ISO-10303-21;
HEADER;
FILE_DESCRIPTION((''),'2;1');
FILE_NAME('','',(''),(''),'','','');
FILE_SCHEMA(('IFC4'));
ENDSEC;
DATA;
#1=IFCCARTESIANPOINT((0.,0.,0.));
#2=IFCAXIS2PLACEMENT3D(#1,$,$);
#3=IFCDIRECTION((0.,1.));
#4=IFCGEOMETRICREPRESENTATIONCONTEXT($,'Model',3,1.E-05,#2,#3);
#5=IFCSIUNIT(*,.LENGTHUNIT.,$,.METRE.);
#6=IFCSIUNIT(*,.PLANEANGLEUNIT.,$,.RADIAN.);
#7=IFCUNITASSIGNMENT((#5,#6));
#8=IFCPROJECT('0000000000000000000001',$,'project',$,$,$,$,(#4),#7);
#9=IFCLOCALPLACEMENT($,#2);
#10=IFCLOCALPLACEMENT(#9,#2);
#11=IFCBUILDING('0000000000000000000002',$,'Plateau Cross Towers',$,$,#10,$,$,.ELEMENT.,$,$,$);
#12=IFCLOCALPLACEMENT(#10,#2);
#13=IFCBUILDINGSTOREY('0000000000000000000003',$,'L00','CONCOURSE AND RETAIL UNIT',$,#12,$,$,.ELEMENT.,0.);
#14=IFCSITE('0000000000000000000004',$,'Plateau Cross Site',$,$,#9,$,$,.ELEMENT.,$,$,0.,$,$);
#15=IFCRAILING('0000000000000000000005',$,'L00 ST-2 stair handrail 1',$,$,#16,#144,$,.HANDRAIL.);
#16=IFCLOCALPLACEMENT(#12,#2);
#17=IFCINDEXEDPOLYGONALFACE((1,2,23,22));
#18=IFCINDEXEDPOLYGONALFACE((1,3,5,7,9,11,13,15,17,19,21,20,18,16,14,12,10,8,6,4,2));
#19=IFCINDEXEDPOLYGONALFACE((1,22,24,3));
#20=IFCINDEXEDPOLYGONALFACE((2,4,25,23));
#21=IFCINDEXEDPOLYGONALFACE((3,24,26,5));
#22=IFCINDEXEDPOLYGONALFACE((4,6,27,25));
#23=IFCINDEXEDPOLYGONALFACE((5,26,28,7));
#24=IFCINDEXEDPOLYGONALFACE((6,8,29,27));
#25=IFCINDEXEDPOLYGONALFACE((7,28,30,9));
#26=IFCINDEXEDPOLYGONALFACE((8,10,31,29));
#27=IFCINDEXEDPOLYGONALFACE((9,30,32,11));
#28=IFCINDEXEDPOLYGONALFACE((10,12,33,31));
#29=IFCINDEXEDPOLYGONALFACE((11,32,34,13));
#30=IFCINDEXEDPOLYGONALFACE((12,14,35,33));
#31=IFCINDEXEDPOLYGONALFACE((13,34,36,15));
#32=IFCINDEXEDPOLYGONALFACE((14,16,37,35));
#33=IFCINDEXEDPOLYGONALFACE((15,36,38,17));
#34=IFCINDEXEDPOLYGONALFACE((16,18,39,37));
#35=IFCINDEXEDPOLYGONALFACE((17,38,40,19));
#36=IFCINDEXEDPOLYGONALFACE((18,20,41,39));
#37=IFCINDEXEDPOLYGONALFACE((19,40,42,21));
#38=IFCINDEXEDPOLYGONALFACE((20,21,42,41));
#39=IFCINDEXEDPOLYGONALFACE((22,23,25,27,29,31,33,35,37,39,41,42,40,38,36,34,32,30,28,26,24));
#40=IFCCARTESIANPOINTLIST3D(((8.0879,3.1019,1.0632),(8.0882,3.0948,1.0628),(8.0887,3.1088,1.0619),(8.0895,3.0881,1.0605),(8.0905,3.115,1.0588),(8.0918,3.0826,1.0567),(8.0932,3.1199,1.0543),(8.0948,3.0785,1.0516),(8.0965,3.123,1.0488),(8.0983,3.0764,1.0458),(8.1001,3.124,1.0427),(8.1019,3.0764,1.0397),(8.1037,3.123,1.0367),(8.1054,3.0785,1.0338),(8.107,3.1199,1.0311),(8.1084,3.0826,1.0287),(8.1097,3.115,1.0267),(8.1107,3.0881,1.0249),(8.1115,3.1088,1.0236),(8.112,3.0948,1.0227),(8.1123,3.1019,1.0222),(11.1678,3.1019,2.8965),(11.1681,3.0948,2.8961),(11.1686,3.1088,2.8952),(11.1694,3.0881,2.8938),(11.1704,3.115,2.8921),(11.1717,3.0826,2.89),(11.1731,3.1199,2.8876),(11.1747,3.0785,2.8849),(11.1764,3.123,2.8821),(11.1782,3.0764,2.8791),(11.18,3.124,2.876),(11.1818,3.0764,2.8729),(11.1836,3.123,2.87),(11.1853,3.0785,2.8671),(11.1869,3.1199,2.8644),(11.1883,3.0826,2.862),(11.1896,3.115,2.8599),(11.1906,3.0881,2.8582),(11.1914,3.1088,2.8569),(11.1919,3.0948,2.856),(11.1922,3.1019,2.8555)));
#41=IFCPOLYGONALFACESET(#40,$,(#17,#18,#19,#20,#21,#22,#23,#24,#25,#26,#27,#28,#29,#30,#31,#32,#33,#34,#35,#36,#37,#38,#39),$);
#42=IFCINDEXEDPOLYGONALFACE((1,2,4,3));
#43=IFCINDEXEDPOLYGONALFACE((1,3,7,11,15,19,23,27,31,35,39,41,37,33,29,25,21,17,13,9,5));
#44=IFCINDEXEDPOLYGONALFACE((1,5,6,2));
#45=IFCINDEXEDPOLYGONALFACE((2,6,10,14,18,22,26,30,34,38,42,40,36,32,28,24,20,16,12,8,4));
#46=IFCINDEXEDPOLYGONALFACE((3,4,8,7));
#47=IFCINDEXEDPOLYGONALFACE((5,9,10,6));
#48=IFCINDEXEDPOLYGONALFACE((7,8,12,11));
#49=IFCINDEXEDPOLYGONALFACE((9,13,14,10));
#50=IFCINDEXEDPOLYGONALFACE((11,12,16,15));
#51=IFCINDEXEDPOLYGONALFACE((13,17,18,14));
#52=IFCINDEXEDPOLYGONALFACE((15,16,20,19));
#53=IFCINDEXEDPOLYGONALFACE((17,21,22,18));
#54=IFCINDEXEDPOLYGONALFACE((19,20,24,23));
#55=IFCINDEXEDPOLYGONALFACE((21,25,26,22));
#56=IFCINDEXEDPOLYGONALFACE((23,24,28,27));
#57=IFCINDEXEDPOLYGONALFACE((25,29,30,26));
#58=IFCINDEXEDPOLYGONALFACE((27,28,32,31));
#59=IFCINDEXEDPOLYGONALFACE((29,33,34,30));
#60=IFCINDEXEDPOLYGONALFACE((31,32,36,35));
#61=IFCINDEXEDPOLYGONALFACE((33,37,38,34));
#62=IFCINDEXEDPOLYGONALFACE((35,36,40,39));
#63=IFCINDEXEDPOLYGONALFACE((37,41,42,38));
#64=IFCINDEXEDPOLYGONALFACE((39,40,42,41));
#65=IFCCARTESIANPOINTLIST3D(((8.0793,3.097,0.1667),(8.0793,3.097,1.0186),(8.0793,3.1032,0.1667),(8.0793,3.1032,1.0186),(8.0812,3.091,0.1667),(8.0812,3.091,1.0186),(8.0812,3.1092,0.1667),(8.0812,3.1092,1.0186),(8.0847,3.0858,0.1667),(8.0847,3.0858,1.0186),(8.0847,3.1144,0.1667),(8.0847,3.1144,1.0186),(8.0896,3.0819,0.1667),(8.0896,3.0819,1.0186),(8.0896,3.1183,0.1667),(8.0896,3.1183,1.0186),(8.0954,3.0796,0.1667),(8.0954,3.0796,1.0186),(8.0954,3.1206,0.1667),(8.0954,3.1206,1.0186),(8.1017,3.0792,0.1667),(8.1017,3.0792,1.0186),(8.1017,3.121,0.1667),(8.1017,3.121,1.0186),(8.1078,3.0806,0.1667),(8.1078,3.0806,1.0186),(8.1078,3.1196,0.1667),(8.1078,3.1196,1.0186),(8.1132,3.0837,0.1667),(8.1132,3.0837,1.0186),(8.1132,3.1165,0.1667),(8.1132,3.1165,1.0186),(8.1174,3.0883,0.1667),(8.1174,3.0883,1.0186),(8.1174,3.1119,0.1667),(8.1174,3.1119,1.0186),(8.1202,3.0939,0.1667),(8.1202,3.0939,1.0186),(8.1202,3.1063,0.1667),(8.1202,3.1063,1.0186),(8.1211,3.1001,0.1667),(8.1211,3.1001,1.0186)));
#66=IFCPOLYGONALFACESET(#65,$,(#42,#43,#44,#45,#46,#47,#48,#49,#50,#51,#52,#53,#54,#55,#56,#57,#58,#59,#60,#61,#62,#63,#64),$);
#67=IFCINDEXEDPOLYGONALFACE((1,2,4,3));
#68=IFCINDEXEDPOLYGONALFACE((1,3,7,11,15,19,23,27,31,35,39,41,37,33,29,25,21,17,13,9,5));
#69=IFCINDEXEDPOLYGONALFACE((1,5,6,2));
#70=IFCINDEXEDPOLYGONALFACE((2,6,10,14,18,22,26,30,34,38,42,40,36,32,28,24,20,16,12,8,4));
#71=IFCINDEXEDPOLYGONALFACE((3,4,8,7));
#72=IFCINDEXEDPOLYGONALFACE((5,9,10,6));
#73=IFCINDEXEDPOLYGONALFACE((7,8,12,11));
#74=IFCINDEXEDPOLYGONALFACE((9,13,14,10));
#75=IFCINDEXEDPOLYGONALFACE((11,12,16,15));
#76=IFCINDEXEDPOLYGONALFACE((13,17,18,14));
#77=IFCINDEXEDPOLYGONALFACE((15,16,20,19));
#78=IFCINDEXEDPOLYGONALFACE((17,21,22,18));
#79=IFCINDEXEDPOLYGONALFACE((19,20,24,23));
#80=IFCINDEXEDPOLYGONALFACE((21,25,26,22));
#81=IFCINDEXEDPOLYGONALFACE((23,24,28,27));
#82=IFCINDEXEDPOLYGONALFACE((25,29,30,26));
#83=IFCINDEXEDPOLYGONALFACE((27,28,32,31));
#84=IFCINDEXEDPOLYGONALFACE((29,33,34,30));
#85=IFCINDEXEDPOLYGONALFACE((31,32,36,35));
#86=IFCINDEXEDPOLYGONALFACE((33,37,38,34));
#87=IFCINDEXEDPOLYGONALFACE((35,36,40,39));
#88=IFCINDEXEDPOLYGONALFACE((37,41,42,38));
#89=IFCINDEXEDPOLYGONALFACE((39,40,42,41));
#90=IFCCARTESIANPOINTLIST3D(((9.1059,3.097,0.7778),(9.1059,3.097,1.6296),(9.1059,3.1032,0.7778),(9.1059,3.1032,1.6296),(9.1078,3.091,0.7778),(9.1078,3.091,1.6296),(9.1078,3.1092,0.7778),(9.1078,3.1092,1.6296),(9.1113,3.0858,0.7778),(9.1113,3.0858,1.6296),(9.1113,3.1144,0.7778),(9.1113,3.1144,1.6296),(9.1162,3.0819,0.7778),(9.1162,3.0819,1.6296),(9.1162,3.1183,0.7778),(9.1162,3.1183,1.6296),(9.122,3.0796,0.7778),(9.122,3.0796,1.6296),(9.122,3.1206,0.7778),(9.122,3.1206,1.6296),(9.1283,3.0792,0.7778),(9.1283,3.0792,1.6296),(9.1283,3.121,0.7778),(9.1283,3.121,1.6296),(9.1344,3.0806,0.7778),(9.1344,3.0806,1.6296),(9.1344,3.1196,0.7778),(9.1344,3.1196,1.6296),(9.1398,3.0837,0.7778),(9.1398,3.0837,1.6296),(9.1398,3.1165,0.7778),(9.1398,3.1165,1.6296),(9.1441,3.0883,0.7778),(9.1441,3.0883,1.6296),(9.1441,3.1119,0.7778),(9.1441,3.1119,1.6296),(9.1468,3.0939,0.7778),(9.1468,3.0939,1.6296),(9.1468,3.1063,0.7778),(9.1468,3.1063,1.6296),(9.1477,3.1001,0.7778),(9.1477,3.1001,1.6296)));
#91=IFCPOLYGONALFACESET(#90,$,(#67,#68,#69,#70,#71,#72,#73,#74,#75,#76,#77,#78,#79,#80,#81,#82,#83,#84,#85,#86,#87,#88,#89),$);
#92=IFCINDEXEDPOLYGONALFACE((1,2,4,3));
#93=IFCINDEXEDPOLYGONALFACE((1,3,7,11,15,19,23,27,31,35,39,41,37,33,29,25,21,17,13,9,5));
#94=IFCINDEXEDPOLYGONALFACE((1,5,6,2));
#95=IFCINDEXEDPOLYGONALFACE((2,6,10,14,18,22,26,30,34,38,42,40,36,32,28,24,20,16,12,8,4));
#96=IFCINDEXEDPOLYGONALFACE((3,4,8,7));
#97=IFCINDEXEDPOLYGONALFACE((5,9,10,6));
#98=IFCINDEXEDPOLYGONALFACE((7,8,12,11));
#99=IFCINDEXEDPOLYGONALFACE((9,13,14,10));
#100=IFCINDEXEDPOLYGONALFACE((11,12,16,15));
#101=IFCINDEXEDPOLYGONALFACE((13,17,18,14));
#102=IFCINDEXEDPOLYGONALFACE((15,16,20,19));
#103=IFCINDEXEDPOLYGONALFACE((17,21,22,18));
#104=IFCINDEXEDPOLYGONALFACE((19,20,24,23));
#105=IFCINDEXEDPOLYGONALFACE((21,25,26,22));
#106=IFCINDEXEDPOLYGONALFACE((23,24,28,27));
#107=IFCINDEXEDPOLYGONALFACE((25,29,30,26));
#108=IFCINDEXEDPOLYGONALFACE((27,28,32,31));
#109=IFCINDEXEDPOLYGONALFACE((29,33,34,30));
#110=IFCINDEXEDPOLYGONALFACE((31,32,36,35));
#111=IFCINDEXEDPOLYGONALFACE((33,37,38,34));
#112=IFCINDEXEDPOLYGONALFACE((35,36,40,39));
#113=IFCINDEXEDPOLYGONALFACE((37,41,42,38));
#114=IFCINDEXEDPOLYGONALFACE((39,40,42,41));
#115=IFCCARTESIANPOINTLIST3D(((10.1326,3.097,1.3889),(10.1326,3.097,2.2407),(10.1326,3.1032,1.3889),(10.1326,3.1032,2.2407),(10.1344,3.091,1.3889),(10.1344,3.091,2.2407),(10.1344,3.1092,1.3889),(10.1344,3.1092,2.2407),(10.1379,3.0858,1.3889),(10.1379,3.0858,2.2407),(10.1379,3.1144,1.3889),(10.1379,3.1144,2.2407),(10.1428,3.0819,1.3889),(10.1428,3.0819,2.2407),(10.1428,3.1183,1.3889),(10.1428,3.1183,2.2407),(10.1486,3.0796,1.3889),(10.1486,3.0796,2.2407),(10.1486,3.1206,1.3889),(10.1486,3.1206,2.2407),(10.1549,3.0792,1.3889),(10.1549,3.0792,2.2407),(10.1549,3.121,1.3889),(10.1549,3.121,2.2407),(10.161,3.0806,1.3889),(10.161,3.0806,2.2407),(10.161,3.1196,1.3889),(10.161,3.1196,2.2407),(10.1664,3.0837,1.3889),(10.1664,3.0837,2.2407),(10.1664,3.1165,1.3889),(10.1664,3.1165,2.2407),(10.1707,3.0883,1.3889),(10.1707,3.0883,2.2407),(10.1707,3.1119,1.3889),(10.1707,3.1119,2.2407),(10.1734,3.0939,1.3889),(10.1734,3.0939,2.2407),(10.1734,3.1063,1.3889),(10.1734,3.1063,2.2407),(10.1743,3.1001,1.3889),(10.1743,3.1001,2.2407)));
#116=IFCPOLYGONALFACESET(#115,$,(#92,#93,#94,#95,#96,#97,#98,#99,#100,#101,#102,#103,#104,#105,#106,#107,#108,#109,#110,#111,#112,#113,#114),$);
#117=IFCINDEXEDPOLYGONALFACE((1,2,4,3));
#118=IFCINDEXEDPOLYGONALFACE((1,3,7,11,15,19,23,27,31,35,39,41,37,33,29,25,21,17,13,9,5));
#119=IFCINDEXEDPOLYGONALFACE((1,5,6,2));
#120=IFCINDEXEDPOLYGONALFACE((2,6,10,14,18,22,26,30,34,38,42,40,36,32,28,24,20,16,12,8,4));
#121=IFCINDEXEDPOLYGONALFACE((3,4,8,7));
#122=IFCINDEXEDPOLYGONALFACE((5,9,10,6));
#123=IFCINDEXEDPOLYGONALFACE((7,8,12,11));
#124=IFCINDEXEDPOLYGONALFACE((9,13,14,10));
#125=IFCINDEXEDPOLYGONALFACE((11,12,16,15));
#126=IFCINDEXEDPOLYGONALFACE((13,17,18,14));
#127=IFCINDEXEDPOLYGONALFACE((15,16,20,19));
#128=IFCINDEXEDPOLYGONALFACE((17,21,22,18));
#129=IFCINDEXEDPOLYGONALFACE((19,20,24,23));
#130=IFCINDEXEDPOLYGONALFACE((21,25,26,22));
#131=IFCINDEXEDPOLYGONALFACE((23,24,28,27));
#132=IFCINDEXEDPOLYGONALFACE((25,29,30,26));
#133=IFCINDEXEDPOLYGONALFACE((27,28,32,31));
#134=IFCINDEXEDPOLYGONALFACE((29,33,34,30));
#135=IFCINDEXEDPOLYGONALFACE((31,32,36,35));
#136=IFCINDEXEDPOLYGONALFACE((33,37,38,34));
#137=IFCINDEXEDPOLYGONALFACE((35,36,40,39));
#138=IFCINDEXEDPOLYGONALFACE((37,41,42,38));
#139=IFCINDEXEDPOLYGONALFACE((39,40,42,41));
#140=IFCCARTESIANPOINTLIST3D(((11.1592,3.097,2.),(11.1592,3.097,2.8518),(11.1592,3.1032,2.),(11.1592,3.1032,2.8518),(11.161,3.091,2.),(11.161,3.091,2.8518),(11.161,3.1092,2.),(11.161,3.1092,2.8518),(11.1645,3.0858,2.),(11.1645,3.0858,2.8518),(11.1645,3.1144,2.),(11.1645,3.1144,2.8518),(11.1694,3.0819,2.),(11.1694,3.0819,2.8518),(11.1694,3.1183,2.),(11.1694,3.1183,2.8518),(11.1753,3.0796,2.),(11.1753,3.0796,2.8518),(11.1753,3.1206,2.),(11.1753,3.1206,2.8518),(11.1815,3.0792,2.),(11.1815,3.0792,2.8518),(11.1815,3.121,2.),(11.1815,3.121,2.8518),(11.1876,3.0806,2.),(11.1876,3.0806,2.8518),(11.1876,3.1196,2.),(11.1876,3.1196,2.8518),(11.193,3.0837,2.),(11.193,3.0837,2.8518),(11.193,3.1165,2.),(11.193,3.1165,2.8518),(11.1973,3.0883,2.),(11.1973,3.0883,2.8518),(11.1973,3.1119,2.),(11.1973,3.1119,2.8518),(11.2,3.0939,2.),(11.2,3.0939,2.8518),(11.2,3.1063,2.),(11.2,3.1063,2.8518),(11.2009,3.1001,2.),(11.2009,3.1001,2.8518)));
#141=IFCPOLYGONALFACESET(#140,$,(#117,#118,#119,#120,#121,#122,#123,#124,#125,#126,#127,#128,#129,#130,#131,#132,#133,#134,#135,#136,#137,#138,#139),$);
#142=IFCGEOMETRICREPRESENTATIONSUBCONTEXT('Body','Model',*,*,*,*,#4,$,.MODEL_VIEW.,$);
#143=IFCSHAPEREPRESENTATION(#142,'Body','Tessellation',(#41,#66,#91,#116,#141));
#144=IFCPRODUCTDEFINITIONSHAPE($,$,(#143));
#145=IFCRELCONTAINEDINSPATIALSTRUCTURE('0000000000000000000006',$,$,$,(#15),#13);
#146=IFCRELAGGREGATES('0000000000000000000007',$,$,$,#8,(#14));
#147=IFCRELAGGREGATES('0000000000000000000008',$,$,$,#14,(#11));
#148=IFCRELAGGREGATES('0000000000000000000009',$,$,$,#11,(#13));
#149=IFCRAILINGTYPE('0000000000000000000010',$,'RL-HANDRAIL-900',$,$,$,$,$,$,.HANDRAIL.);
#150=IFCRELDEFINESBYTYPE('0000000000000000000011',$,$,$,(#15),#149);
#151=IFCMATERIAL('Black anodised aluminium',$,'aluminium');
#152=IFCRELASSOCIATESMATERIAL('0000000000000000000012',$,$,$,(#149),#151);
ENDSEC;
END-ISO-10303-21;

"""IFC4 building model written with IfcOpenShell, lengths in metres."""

from ifc_helpers import new_model, si_unit, direction, frame, origin, origin_2d, place, context, subcontext, project, spatial, circle, extrude, material, type_object, element, save


model = new_model("IFC4")

# Units and contexts
model_context = context("Model", 3, precision=1e-05, world=origin(), true_north=direction((0.0, 1.0)))
body_context = subcontext(model_context, "Body", "Model", "MODEL_VIEW")
ifc_project = project(units=[si_unit("LENGTHUNIT", "METRE"), si_unit("PLANEANGLEUNIT", "RADIAN")], contexts=[model_context])

# Site, building, storey
site_placement = place(None, origin())
site = spatial("IfcSite", under=ifc_project, at=site_placement, Name="Plateau Cross Site", CompositionType="ELEMENT", RefElevation=0.0)
building_placement = place(site_placement, origin())
building = spatial("IfcBuilding", under=site, at=building_placement, Name="Plateau Cross Towers", CompositionType="ELEMENT")
storey_placement = place(building_placement, origin())
storey = spatial("IfcBuildingStorey", under=building, at=storey_placement, Name="L00", Description="CONCOURSE AND RETAIL UNIT", CompositionType="ELEMENT", Elevation=0.0)

# Railing
ifc_material_1 = material(Name="Black anodised aluminium", Category="aluminium")
railing_type_1 = type_object("IfcRailingType", Name="RL-HANDRAIL-900", PredefinedType="HANDRAIL", material=ifc_material_1)
for number, where, name in (
    (1, (8.1001, 3.1001, 0.1667), "L00 ST-2 stair handrail 1"),
):
    element("IfcRailing", number, at=place(storey_placement, frame(where)), inside=storey, type_object=railing_type_1, Name=name, PredefinedType="HANDRAIL", context=body_context, shape_type="SweptSolid", body=[
        extrude(circle(Radius=0.0239, at=origin_2d()), frame((0.0, 0.0, 0.876), z_axis=(0.859291, 0.0, 0.511487), x_axis=(0.0, 1.0, 0.0)), (0.0, 0.0, 1.0), 3.5842),
        extrude(circle(Radius=0.021, at=origin_2d()), origin(), (0.0, 0.0, 1.0), 0.8518),
        extrude(circle(Radius=0.021, at=origin_2d()), frame((1.0266, 0.0, 0.6111)), (0.0, 0.0, 1.0), 0.8518),
        extrude(circle(Radius=0.021, at=origin_2d()), frame((2.0532, 0.0, 1.2222)), (0.0, 0.0, 1.0), 0.8518),
        extrude(circle(Radius=0.021, at=origin_2d()), frame((3.0798, 0.0, 1.8333)), (0.0, 0.0, 1.0), 0.8518),
    ])

save(model, "model.ifc")
